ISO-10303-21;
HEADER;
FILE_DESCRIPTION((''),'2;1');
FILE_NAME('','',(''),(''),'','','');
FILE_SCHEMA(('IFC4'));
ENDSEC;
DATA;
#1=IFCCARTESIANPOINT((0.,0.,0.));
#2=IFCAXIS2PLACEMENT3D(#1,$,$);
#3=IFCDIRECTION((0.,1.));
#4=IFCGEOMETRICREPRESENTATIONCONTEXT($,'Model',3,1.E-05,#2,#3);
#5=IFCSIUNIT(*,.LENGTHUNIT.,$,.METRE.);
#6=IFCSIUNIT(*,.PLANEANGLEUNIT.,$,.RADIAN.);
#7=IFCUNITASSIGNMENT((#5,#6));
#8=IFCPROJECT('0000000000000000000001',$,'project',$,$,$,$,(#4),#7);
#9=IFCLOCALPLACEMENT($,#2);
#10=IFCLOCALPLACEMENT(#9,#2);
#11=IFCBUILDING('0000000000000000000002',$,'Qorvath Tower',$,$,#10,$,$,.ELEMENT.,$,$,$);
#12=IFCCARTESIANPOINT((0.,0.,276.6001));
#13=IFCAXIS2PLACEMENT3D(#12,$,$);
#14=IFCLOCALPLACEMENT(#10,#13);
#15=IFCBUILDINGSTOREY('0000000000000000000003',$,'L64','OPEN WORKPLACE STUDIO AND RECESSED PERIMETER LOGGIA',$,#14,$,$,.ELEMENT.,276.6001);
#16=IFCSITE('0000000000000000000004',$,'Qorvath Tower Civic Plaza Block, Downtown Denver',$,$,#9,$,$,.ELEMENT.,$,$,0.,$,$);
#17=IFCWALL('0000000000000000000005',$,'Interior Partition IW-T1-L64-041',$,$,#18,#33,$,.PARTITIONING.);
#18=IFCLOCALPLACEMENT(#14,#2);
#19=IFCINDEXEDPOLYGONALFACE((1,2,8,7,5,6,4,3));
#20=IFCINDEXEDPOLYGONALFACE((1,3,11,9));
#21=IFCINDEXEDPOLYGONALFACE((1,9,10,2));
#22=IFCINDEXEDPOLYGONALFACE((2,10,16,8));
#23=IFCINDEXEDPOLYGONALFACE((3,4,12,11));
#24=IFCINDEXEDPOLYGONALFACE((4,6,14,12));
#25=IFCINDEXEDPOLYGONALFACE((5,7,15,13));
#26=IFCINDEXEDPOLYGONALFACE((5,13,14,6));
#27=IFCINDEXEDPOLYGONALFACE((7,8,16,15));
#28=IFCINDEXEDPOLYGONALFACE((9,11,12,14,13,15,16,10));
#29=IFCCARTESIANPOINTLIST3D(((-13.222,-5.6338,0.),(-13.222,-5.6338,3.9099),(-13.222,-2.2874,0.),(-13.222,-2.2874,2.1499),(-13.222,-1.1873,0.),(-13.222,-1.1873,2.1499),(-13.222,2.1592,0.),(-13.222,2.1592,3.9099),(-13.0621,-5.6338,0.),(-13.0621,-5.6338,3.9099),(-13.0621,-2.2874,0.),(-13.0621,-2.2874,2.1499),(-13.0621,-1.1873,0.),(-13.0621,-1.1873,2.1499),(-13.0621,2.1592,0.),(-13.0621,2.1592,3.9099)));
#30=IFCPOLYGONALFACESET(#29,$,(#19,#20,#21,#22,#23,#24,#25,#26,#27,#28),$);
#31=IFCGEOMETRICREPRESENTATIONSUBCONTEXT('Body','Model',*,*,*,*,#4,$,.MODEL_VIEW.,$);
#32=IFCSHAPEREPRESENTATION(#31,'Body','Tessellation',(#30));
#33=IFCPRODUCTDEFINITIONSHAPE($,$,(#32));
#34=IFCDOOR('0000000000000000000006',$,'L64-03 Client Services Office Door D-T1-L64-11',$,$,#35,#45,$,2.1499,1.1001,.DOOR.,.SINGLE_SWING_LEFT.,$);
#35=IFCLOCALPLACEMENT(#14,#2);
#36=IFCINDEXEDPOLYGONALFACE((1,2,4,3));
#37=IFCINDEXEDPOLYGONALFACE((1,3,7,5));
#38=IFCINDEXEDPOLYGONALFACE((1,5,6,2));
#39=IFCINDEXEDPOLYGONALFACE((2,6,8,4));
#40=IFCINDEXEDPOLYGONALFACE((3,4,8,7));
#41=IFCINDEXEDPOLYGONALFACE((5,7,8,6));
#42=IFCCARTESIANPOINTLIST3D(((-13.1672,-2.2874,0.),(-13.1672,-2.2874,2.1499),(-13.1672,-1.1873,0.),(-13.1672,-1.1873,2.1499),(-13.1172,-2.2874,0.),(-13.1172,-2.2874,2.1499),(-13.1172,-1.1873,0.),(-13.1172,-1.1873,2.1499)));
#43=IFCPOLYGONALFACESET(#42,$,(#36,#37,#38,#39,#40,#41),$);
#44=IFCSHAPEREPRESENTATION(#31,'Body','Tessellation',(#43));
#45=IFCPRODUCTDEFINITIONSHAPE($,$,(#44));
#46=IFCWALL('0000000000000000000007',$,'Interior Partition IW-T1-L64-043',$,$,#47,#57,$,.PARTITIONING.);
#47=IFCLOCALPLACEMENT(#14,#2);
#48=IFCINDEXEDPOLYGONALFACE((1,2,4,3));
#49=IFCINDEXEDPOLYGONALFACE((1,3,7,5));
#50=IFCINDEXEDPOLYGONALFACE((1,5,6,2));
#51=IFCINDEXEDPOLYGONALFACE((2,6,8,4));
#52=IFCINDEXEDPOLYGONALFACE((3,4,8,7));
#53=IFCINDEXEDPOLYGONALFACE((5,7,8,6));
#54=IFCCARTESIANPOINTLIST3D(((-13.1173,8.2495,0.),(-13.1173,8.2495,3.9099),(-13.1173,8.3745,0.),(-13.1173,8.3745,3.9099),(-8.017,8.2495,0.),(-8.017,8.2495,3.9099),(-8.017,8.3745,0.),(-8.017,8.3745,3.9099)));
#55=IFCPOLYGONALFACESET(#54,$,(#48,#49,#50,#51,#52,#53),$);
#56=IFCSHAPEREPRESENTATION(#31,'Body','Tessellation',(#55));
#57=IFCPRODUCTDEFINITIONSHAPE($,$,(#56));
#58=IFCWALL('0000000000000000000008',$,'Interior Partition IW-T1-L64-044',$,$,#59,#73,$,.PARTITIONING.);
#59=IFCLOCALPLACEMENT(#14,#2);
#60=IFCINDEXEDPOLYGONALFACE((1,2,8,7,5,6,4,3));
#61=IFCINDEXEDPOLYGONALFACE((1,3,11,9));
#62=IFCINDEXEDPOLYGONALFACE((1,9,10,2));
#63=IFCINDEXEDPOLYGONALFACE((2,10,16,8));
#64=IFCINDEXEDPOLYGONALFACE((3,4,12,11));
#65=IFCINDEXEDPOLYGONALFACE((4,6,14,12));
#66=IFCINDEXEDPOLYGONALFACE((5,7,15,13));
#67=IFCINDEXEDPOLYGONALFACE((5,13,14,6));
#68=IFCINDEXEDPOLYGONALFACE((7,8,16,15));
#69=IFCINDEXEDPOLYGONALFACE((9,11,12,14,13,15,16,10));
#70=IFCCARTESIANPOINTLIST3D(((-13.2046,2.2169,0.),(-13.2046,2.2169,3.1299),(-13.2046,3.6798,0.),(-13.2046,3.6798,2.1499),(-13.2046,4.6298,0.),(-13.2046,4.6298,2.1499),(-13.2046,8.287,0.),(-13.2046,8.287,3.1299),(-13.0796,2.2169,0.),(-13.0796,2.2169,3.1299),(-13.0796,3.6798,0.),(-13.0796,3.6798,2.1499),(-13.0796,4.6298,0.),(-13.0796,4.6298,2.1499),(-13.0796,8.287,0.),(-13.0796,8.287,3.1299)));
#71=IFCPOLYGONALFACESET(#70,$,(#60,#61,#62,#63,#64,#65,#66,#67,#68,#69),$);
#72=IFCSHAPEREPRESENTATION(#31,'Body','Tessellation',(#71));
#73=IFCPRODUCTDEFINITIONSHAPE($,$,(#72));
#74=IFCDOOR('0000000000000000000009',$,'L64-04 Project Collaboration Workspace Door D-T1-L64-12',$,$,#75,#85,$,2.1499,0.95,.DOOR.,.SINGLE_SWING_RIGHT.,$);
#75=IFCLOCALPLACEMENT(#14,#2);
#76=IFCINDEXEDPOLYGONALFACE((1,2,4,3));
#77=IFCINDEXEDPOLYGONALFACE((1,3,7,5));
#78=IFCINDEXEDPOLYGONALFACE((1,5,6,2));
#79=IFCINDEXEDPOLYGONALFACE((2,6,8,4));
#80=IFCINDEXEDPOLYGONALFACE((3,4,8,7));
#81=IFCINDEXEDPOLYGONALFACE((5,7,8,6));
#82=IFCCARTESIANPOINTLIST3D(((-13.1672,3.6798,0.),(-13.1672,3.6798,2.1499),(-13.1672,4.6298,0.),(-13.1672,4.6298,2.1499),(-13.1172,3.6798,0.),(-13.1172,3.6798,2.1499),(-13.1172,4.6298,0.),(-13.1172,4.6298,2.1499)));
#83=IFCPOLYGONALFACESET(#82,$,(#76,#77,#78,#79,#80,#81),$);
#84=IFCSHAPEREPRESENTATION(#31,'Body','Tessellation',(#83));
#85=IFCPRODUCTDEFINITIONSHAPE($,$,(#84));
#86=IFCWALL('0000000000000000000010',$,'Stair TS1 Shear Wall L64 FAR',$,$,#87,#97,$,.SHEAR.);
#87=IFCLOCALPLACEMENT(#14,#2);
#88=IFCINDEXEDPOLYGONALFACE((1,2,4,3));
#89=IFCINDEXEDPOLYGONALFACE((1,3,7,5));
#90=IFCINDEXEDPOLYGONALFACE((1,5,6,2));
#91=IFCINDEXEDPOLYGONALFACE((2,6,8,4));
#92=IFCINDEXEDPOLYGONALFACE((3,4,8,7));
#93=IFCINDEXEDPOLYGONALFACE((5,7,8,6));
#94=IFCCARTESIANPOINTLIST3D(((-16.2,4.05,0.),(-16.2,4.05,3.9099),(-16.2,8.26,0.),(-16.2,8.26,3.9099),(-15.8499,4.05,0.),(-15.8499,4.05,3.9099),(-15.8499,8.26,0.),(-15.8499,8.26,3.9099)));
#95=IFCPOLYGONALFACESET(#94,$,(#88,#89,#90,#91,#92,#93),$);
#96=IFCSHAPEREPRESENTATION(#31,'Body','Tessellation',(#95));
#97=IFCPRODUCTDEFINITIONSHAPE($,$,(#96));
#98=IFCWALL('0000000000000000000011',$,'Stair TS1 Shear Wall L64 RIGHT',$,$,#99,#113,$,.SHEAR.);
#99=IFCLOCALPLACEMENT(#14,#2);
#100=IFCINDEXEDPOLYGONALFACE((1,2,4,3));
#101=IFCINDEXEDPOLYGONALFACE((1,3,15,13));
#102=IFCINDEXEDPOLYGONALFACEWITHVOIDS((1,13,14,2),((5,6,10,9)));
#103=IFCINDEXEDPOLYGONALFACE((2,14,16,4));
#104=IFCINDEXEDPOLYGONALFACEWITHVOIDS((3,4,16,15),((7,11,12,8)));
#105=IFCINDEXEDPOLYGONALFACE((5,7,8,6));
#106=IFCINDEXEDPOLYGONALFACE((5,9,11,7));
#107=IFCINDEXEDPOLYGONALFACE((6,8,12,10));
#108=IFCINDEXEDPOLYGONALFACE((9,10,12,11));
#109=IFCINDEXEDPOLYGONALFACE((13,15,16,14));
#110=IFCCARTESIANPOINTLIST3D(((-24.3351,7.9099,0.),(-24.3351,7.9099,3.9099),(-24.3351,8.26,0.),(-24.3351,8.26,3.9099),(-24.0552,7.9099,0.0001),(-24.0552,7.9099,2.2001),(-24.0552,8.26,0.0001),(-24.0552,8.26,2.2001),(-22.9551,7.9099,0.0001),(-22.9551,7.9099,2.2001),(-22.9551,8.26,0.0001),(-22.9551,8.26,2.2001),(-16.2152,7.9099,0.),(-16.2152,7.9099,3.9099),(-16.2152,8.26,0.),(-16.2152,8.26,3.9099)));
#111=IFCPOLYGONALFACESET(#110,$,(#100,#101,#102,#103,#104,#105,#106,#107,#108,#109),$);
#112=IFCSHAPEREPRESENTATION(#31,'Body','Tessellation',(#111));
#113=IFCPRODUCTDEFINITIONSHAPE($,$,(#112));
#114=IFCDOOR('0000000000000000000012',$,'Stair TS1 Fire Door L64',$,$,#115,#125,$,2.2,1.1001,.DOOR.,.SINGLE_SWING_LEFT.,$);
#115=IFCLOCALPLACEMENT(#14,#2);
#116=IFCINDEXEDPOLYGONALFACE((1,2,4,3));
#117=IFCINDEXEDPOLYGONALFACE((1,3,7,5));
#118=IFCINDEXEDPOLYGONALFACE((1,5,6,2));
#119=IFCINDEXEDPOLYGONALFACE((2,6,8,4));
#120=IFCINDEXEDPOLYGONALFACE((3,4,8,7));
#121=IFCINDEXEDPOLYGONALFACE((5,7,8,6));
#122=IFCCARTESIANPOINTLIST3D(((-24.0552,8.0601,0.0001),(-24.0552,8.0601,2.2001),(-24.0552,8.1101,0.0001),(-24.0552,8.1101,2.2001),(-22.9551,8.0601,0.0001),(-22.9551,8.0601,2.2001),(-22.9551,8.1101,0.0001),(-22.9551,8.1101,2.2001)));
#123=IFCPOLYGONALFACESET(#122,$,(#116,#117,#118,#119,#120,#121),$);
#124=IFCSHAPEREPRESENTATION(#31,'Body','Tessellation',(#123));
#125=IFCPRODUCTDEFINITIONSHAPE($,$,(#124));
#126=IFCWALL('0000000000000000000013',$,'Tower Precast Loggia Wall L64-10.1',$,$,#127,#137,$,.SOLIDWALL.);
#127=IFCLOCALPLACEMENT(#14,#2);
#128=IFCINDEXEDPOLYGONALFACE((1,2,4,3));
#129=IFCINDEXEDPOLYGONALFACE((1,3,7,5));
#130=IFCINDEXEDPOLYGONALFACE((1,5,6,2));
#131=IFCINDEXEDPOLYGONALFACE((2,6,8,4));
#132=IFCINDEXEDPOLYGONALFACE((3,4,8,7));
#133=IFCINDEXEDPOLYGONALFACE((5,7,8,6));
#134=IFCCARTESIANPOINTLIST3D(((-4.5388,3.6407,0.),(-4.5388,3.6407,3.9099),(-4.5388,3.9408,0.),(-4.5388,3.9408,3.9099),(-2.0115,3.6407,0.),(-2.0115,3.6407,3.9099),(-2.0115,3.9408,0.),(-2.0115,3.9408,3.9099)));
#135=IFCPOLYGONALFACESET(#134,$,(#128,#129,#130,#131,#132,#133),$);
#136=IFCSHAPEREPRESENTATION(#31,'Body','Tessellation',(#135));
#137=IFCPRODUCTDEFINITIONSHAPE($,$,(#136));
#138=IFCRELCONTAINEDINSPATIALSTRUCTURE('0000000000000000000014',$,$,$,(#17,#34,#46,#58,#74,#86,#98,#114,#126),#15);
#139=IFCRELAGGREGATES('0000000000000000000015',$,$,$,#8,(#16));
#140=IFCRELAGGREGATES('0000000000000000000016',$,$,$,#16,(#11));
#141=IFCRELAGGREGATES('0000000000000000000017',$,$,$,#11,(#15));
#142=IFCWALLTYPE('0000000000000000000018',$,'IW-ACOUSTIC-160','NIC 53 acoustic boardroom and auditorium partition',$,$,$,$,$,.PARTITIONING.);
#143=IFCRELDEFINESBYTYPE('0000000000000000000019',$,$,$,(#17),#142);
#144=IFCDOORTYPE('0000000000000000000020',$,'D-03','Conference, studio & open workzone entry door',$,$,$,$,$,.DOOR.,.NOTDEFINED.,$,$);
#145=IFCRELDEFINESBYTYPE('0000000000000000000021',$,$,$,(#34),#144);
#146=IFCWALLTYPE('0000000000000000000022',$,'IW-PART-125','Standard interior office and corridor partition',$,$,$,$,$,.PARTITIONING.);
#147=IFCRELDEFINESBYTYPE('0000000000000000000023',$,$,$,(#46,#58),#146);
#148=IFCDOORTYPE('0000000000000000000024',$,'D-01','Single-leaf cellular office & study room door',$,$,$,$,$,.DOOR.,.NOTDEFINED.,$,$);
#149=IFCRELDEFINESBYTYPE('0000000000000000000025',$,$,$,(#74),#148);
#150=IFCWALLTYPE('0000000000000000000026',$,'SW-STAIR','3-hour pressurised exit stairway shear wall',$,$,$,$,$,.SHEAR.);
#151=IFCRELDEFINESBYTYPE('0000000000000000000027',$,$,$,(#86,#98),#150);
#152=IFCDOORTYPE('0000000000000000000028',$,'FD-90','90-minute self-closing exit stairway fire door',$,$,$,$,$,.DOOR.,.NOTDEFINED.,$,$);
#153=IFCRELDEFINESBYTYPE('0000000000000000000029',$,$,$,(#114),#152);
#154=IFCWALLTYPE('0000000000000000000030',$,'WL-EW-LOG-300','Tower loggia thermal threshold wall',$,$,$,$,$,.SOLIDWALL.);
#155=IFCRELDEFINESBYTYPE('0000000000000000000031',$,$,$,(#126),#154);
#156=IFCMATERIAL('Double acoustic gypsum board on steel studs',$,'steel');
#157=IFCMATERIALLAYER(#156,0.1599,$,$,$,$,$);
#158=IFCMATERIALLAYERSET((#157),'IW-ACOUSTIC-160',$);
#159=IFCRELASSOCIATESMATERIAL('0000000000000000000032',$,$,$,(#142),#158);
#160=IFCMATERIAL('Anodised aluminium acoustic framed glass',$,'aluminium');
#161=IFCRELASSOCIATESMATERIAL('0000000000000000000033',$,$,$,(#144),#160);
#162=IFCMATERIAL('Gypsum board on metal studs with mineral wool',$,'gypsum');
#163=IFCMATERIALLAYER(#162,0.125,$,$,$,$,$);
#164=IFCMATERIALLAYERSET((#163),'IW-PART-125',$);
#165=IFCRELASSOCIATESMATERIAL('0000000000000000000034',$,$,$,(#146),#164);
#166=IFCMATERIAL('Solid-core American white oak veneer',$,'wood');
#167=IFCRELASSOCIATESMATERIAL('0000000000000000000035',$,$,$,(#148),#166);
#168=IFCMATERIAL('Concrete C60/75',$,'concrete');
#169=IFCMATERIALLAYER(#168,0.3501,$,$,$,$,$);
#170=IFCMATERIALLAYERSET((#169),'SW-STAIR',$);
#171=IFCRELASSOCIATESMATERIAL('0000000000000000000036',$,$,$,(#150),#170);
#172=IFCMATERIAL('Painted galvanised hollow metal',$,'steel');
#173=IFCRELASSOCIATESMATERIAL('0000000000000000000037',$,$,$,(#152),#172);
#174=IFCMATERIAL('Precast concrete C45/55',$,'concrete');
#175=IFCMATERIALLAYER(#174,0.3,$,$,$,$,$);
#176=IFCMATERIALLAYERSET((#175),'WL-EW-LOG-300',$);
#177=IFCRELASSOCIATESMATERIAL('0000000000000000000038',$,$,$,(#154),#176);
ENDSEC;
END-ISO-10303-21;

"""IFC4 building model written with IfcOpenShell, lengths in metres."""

from ifc_helpers import new_model, si_unit, direction, frame, frame_2d, origin, place, context, subcontext, project, spatial, rectangle, extrude, material, layer, layer_set, type_object, element, fill, save


model = new_model("IFC4")

# Units and contexts
model_context = context("Model", 3, precision=1e-05, world=origin(), true_north=direction((0.0, 1.0)))
body_context = subcontext(model_context, "Body", "Model", "MODEL_VIEW")
ifc_project = project(units=[si_unit("LENGTHUNIT", "METRE"), si_unit("PLANEANGLEUNIT", "RADIAN")], contexts=[model_context])

# Site, building, storey
site_placement = place(None, origin())
site = spatial("IfcSite", under=ifc_project, at=site_placement, Name="Qorvath Tower Civic Plaza Block, Downtown Denver", CompositionType="ELEMENT", RefElevation=0.0)
building_placement = place(site_placement, origin())
building = spatial("IfcBuilding", under=site, at=building_placement, Name="Qorvath Tower", CompositionType="ELEMENT")
storey_placement = place(building_placement, frame((0.0, 0.0, 276.6001)))
storey = spatial("IfcBuildingStorey", under=building, at=storey_placement, Name="L64", Description="OPEN WORKPLACE STUDIO AND RECESSED PERIMETER LOGGIA", CompositionType="ELEMENT", Elevation=276.6001)

# Shared definitions
ifc_material_1 = material(Name="Double acoustic gypsum board on steel studs", Category="steel")
ifc_layer_1 = layer(ifc_material_1, 0.1599)
ifc_layer_set_1 = layer_set([ifc_layer_1], Name="IW-ACOUSTIC-160")
wall_type_1 = type_object("IfcWallType", Name="IW-ACOUSTIC-160", Description="NIC 53 acoustic boardroom and auditorium partition", PredefinedType="PARTITIONING", material=ifc_layer_set_1)

# Wall, opening, door
wall_1_placement = place(storey_placement, frame((-13.1421, 2.1592, 0.0), z_axis=(0.0, 0.0, 1.0), x_axis=(0.0, -1.0, 0.0)))
wall_1 = element("IfcWall", 1, at=wall_1_placement, inside=storey, type_object=wall_type_1, Name="Interior Partition IW-T1-L64-041", PredefinedType="PARTITIONING", context=body_context, shape_type="SweptSolid", body=[
    extrude(rectangle(XDim=7.793, YDim=0.1599, at=frame_2d((3.8965, 0.0))), origin(), (0.0, 0.0, 1.0), 3.9099),
])
opening_1_placement = place(wall_1_placement, frame((3.3464, 0.0, 0.0)))
opening_1 = element("IfcOpeningElement", 2, at=opening_1_placement, cuts=wall_1, PredefinedType="OPENING", context=body_context, shape_type="SweptSolid", body=[
    extrude(rectangle(XDim=1.1001, YDim=2.1499, at=frame_2d((0.55, 1.075))), frame((0.0, 0.0898, 0.0), z_axis=(0.0, -1.0, 0.0), x_axis=(1.0, 0.0, 0.0)), (0.0, 0.0, 1.0), 0.1799),
])
ifc_material_2 = material(Name="Anodised aluminium acoustic framed glass", Category="aluminium")
door_type_1 = type_object("IfcDoorType", Name="D-03", Description="Conference, studio & open workzone entry door", OperationType="NOTDEFINED", PredefinedType="DOOR", material=ifc_material_2)
door_1_placement = place(opening_1_placement, origin())
door_1 = element("IfcDoor", 3, at=door_1_placement, inside=storey, type_object=door_type_1, Name="L64-03 Client Services Office Door D-T1-L64-11", OperationType="SINGLE_SWING_LEFT", OverallHeight=2.1499, OverallWidth=1.1001, PredefinedType="DOOR", context=body_context, shape_type="SweptSolid", body=[
    extrude(rectangle(XDim=1.1001, YDim=2.1499, at=frame_2d((0.55, 1.075))), frame((0.0, 0.0249, 0.0), z_axis=(0.0, -1.0, 0.0), x_axis=(1.0, 0.0, 0.0)), (0.0, 0.0, 1.0), 0.05),
])
fill(opening_1, door_1)

# Wall
ifc_material_3 = material(Name="Gypsum board on metal studs with mineral wool", Category="gypsum")
ifc_layer_2 = layer(ifc_material_3, 0.125)
ifc_layer_set_2 = layer_set([ifc_layer_2], Name="IW-PART-125")
wall_type_2 = type_object("IfcWallType", Name="IW-PART-125", Description="Standard interior office and corridor partition", PredefinedType="PARTITIONING", material=ifc_layer_set_2)
wall_2_placement = place(storey_placement, frame((-8.0168, 8.312, 0.0), z_axis=(0.0, 0.0, 1.0), x_axis=(-1.0, 0.0, 0.0)))
element("IfcWall", 4, at=wall_2_placement, inside=storey, type_object=wall_type_2, Name="Interior Partition IW-T1-L64-043", PredefinedType="PARTITIONING", context=body_context, shape_type="SweptSolid", body=[
    extrude(rectangle(XDim=5.1003, YDim=0.125, at=frame_2d((2.5503, 0.0))), origin(), (0.0, 0.0, 1.0), 3.9099),
])

# Wall, opening, door
wall_3_placement = place(storey_placement, frame((-13.1421, 8.2871, 0.0), z_axis=(0.0, 0.0, 1.0), x_axis=(0.0, -1.0, 0.0)))
wall_3 = element("IfcWall", 5, at=wall_3_placement, inside=storey, type_object=wall_type_2, Name="Interior Partition IW-T1-L64-044", PredefinedType="PARTITIONING", context=body_context, shape_type="SweptSolid", body=[
    extrude(rectangle(XDim=6.0701, YDim=0.125, at=frame_2d((3.0352, 0.0))), origin(), (0.0, 0.0, 1.0), 3.1299),
])
opening_2_placement = place(wall_3_placement, frame((3.6572, 0.0, 0.0)))
opening_2 = element("IfcOpeningElement", 6, at=opening_2_placement, cuts=wall_3, PredefinedType="OPENING", context=body_context, shape_type="SweptSolid", body=[
    extrude(rectangle(XDim=0.95, YDim=2.1499, at=frame_2d((0.4751, 1.075))), frame((0.0, 0.0725, 0.0), z_axis=(0.0, -1.0, 0.0), x_axis=(1.0, 0.0, 0.0)), (0.0, 0.0, 1.0), 0.145),
])
ifc_material_4 = material(Name="Solid-core American white oak veneer", Category="wood")
door_type_2 = type_object("IfcDoorType", Name="D-01", Description="Single-leaf cellular office & study room door", OperationType="NOTDEFINED", PredefinedType="DOOR", material=ifc_material_4)
door_2_placement = place(opening_2_placement, origin())
door_2 = element("IfcDoor", 7, at=door_2_placement, inside=storey, type_object=door_type_2, Name="L64-04 Project Collaboration Workspace Door D-T1-L64-12", OperationType="SINGLE_SWING_RIGHT", OverallHeight=2.1499, OverallWidth=0.95, PredefinedType="DOOR", context=body_context, shape_type="SweptSolid", body=[
    extrude(rectangle(XDim=0.95, YDim=2.1499, at=frame_2d((0.4751, 1.075))), frame((0.0, 0.0249, 0.0), z_axis=(0.0, -1.0, 0.0), x_axis=(1.0, 0.0, 0.0)), (0.0, 0.0, 1.0), 0.05),
])
fill(opening_2, door_2)

# Wall
ifc_material_5 = material(Name="Concrete C60/75", Category="concrete")
ifc_layer_3 = layer(ifc_material_5, 0.3501)
ifc_layer_set_3 = layer_set([ifc_layer_3], Name="SW-STAIR")
wall_type_3 = type_object("IfcWallType", Name="SW-STAIR", Description="3-hour pressurised exit stairway shear wall", PredefinedType="SHEAR", material=ifc_layer_set_3)
wall_4_placement = place(storey_placement, frame((-16.0249, 4.05, 0.0), z_axis=(0.0, 0.0, 1.0), x_axis=(0.0, 1.0, 0.0)))
element("IfcWall", 8, at=wall_4_placement, inside=storey, type_object=wall_type_3, Name="Stair TS1 Shear Wall L64 FAR", PredefinedType="SHEAR", context=body_context, shape_type="SweptSolid", body=[
    extrude(rectangle(XDim=4.21, YDim=0.3501, at=frame_2d((2.105, 0.0))), origin(), (0.0, 0.0, 1.0), 3.9099),
])

# Wall, opening, door
wall_5_placement = place(storey_placement, frame((-16.2151, 8.085, 0.0), z_axis=(0.0, 0.0, 1.0), x_axis=(-1.0, 0.0, 0.0)))
wall_5 = element("IfcWall", 9, at=wall_5_placement, inside=storey, type_object=wall_type_3, Name="Stair TS1 Shear Wall L64 RIGHT", PredefinedType="SHEAR", context=body_context, shape_type="SweptSolid", body=[
    extrude(rectangle(XDim=8.1199, YDim=0.3501, at=frame_2d((4.0601, 0.0))), origin(), (0.0, 0.0, 1.0), 3.9099),
])
opening_3_placement = place(wall_5_placement, frame((6.74, 0.0, 0.0)))
opening_3 = element("IfcOpeningElement", 10, at=opening_3_placement, cuts=wall_5, PredefinedType="OPENING", context=body_context, shape_type="SweptSolid", body=[
    extrude(rectangle(XDim=1.1001, YDim=2.2, at=frame_2d((0.55, 1.1001))), frame((0.0, 0.1851, 0.0), z_axis=(0.0, -1.0, 0.0), x_axis=(1.0, 0.0, 0.0)), (0.0, 0.0, 1.0), 0.3701),
])
ifc_material_6 = material(Name="Painted galvanised hollow metal", Category="steel")
door_type_3 = type_object("IfcDoorType", Name="FD-90", Description="90-minute self-closing exit stairway fire door", OperationType="NOTDEFINED", PredefinedType="DOOR", material=ifc_material_6)
door_3_placement = place(opening_3_placement, origin())
door_3 = element("IfcDoor", 11, at=door_3_placement, inside=storey, type_object=door_type_3, Name="Stair TS1 Fire Door L64", OperationType="SINGLE_SWING_LEFT", OverallHeight=2.2, OverallWidth=1.1001, PredefinedType="DOOR", context=body_context, shape_type="SweptSolid", body=[
    extrude(rectangle(XDim=1.1001, YDim=2.2, at=frame_2d((0.55, 1.1001))), frame((0.0, 0.0249, 0.0), z_axis=(0.0, -1.0, 0.0), x_axis=(1.0, 0.0, 0.0)), (0.0, 0.0, 1.0), 0.05),
])
fill(opening_3, door_3)

# Wall
ifc_material_7 = material(Name="Precast concrete C45/55", Category="concrete")
ifc_layer_4 = layer(ifc_material_7, 0.3)
ifc_layer_set_4 = layer_set([ifc_layer_4], Name="WL-EW-LOG-300")
wall_type_4 = type_object("IfcWallType", Name="WL-EW-LOG-300", Description="Tower loggia thermal threshold wall", PredefinedType="SOLIDWALL", material=ifc_layer_set_4)
wall_6_placement = place(storey_placement, frame((-4.5388, 3.7908, 0.0), z_axis=(0.0, 0.0, 1.0), x_axis=(1.0, 0.0, 0.0)))
element("IfcWall", 12, at=wall_6_placement, inside=storey, type_object=wall_type_4, Name="Tower Precast Loggia Wall L64-10.1", PredefinedType="SOLIDWALL", context=body_context, shape_type="SweptSolid", body=[
    extrude(rectangle(XDim=2.5273, YDim=0.3, at=frame_2d((1.2637, 0.0))), origin(), (0.0, 0.0, 1.0), 3.9099),
])

save(model, "model.ifc")
